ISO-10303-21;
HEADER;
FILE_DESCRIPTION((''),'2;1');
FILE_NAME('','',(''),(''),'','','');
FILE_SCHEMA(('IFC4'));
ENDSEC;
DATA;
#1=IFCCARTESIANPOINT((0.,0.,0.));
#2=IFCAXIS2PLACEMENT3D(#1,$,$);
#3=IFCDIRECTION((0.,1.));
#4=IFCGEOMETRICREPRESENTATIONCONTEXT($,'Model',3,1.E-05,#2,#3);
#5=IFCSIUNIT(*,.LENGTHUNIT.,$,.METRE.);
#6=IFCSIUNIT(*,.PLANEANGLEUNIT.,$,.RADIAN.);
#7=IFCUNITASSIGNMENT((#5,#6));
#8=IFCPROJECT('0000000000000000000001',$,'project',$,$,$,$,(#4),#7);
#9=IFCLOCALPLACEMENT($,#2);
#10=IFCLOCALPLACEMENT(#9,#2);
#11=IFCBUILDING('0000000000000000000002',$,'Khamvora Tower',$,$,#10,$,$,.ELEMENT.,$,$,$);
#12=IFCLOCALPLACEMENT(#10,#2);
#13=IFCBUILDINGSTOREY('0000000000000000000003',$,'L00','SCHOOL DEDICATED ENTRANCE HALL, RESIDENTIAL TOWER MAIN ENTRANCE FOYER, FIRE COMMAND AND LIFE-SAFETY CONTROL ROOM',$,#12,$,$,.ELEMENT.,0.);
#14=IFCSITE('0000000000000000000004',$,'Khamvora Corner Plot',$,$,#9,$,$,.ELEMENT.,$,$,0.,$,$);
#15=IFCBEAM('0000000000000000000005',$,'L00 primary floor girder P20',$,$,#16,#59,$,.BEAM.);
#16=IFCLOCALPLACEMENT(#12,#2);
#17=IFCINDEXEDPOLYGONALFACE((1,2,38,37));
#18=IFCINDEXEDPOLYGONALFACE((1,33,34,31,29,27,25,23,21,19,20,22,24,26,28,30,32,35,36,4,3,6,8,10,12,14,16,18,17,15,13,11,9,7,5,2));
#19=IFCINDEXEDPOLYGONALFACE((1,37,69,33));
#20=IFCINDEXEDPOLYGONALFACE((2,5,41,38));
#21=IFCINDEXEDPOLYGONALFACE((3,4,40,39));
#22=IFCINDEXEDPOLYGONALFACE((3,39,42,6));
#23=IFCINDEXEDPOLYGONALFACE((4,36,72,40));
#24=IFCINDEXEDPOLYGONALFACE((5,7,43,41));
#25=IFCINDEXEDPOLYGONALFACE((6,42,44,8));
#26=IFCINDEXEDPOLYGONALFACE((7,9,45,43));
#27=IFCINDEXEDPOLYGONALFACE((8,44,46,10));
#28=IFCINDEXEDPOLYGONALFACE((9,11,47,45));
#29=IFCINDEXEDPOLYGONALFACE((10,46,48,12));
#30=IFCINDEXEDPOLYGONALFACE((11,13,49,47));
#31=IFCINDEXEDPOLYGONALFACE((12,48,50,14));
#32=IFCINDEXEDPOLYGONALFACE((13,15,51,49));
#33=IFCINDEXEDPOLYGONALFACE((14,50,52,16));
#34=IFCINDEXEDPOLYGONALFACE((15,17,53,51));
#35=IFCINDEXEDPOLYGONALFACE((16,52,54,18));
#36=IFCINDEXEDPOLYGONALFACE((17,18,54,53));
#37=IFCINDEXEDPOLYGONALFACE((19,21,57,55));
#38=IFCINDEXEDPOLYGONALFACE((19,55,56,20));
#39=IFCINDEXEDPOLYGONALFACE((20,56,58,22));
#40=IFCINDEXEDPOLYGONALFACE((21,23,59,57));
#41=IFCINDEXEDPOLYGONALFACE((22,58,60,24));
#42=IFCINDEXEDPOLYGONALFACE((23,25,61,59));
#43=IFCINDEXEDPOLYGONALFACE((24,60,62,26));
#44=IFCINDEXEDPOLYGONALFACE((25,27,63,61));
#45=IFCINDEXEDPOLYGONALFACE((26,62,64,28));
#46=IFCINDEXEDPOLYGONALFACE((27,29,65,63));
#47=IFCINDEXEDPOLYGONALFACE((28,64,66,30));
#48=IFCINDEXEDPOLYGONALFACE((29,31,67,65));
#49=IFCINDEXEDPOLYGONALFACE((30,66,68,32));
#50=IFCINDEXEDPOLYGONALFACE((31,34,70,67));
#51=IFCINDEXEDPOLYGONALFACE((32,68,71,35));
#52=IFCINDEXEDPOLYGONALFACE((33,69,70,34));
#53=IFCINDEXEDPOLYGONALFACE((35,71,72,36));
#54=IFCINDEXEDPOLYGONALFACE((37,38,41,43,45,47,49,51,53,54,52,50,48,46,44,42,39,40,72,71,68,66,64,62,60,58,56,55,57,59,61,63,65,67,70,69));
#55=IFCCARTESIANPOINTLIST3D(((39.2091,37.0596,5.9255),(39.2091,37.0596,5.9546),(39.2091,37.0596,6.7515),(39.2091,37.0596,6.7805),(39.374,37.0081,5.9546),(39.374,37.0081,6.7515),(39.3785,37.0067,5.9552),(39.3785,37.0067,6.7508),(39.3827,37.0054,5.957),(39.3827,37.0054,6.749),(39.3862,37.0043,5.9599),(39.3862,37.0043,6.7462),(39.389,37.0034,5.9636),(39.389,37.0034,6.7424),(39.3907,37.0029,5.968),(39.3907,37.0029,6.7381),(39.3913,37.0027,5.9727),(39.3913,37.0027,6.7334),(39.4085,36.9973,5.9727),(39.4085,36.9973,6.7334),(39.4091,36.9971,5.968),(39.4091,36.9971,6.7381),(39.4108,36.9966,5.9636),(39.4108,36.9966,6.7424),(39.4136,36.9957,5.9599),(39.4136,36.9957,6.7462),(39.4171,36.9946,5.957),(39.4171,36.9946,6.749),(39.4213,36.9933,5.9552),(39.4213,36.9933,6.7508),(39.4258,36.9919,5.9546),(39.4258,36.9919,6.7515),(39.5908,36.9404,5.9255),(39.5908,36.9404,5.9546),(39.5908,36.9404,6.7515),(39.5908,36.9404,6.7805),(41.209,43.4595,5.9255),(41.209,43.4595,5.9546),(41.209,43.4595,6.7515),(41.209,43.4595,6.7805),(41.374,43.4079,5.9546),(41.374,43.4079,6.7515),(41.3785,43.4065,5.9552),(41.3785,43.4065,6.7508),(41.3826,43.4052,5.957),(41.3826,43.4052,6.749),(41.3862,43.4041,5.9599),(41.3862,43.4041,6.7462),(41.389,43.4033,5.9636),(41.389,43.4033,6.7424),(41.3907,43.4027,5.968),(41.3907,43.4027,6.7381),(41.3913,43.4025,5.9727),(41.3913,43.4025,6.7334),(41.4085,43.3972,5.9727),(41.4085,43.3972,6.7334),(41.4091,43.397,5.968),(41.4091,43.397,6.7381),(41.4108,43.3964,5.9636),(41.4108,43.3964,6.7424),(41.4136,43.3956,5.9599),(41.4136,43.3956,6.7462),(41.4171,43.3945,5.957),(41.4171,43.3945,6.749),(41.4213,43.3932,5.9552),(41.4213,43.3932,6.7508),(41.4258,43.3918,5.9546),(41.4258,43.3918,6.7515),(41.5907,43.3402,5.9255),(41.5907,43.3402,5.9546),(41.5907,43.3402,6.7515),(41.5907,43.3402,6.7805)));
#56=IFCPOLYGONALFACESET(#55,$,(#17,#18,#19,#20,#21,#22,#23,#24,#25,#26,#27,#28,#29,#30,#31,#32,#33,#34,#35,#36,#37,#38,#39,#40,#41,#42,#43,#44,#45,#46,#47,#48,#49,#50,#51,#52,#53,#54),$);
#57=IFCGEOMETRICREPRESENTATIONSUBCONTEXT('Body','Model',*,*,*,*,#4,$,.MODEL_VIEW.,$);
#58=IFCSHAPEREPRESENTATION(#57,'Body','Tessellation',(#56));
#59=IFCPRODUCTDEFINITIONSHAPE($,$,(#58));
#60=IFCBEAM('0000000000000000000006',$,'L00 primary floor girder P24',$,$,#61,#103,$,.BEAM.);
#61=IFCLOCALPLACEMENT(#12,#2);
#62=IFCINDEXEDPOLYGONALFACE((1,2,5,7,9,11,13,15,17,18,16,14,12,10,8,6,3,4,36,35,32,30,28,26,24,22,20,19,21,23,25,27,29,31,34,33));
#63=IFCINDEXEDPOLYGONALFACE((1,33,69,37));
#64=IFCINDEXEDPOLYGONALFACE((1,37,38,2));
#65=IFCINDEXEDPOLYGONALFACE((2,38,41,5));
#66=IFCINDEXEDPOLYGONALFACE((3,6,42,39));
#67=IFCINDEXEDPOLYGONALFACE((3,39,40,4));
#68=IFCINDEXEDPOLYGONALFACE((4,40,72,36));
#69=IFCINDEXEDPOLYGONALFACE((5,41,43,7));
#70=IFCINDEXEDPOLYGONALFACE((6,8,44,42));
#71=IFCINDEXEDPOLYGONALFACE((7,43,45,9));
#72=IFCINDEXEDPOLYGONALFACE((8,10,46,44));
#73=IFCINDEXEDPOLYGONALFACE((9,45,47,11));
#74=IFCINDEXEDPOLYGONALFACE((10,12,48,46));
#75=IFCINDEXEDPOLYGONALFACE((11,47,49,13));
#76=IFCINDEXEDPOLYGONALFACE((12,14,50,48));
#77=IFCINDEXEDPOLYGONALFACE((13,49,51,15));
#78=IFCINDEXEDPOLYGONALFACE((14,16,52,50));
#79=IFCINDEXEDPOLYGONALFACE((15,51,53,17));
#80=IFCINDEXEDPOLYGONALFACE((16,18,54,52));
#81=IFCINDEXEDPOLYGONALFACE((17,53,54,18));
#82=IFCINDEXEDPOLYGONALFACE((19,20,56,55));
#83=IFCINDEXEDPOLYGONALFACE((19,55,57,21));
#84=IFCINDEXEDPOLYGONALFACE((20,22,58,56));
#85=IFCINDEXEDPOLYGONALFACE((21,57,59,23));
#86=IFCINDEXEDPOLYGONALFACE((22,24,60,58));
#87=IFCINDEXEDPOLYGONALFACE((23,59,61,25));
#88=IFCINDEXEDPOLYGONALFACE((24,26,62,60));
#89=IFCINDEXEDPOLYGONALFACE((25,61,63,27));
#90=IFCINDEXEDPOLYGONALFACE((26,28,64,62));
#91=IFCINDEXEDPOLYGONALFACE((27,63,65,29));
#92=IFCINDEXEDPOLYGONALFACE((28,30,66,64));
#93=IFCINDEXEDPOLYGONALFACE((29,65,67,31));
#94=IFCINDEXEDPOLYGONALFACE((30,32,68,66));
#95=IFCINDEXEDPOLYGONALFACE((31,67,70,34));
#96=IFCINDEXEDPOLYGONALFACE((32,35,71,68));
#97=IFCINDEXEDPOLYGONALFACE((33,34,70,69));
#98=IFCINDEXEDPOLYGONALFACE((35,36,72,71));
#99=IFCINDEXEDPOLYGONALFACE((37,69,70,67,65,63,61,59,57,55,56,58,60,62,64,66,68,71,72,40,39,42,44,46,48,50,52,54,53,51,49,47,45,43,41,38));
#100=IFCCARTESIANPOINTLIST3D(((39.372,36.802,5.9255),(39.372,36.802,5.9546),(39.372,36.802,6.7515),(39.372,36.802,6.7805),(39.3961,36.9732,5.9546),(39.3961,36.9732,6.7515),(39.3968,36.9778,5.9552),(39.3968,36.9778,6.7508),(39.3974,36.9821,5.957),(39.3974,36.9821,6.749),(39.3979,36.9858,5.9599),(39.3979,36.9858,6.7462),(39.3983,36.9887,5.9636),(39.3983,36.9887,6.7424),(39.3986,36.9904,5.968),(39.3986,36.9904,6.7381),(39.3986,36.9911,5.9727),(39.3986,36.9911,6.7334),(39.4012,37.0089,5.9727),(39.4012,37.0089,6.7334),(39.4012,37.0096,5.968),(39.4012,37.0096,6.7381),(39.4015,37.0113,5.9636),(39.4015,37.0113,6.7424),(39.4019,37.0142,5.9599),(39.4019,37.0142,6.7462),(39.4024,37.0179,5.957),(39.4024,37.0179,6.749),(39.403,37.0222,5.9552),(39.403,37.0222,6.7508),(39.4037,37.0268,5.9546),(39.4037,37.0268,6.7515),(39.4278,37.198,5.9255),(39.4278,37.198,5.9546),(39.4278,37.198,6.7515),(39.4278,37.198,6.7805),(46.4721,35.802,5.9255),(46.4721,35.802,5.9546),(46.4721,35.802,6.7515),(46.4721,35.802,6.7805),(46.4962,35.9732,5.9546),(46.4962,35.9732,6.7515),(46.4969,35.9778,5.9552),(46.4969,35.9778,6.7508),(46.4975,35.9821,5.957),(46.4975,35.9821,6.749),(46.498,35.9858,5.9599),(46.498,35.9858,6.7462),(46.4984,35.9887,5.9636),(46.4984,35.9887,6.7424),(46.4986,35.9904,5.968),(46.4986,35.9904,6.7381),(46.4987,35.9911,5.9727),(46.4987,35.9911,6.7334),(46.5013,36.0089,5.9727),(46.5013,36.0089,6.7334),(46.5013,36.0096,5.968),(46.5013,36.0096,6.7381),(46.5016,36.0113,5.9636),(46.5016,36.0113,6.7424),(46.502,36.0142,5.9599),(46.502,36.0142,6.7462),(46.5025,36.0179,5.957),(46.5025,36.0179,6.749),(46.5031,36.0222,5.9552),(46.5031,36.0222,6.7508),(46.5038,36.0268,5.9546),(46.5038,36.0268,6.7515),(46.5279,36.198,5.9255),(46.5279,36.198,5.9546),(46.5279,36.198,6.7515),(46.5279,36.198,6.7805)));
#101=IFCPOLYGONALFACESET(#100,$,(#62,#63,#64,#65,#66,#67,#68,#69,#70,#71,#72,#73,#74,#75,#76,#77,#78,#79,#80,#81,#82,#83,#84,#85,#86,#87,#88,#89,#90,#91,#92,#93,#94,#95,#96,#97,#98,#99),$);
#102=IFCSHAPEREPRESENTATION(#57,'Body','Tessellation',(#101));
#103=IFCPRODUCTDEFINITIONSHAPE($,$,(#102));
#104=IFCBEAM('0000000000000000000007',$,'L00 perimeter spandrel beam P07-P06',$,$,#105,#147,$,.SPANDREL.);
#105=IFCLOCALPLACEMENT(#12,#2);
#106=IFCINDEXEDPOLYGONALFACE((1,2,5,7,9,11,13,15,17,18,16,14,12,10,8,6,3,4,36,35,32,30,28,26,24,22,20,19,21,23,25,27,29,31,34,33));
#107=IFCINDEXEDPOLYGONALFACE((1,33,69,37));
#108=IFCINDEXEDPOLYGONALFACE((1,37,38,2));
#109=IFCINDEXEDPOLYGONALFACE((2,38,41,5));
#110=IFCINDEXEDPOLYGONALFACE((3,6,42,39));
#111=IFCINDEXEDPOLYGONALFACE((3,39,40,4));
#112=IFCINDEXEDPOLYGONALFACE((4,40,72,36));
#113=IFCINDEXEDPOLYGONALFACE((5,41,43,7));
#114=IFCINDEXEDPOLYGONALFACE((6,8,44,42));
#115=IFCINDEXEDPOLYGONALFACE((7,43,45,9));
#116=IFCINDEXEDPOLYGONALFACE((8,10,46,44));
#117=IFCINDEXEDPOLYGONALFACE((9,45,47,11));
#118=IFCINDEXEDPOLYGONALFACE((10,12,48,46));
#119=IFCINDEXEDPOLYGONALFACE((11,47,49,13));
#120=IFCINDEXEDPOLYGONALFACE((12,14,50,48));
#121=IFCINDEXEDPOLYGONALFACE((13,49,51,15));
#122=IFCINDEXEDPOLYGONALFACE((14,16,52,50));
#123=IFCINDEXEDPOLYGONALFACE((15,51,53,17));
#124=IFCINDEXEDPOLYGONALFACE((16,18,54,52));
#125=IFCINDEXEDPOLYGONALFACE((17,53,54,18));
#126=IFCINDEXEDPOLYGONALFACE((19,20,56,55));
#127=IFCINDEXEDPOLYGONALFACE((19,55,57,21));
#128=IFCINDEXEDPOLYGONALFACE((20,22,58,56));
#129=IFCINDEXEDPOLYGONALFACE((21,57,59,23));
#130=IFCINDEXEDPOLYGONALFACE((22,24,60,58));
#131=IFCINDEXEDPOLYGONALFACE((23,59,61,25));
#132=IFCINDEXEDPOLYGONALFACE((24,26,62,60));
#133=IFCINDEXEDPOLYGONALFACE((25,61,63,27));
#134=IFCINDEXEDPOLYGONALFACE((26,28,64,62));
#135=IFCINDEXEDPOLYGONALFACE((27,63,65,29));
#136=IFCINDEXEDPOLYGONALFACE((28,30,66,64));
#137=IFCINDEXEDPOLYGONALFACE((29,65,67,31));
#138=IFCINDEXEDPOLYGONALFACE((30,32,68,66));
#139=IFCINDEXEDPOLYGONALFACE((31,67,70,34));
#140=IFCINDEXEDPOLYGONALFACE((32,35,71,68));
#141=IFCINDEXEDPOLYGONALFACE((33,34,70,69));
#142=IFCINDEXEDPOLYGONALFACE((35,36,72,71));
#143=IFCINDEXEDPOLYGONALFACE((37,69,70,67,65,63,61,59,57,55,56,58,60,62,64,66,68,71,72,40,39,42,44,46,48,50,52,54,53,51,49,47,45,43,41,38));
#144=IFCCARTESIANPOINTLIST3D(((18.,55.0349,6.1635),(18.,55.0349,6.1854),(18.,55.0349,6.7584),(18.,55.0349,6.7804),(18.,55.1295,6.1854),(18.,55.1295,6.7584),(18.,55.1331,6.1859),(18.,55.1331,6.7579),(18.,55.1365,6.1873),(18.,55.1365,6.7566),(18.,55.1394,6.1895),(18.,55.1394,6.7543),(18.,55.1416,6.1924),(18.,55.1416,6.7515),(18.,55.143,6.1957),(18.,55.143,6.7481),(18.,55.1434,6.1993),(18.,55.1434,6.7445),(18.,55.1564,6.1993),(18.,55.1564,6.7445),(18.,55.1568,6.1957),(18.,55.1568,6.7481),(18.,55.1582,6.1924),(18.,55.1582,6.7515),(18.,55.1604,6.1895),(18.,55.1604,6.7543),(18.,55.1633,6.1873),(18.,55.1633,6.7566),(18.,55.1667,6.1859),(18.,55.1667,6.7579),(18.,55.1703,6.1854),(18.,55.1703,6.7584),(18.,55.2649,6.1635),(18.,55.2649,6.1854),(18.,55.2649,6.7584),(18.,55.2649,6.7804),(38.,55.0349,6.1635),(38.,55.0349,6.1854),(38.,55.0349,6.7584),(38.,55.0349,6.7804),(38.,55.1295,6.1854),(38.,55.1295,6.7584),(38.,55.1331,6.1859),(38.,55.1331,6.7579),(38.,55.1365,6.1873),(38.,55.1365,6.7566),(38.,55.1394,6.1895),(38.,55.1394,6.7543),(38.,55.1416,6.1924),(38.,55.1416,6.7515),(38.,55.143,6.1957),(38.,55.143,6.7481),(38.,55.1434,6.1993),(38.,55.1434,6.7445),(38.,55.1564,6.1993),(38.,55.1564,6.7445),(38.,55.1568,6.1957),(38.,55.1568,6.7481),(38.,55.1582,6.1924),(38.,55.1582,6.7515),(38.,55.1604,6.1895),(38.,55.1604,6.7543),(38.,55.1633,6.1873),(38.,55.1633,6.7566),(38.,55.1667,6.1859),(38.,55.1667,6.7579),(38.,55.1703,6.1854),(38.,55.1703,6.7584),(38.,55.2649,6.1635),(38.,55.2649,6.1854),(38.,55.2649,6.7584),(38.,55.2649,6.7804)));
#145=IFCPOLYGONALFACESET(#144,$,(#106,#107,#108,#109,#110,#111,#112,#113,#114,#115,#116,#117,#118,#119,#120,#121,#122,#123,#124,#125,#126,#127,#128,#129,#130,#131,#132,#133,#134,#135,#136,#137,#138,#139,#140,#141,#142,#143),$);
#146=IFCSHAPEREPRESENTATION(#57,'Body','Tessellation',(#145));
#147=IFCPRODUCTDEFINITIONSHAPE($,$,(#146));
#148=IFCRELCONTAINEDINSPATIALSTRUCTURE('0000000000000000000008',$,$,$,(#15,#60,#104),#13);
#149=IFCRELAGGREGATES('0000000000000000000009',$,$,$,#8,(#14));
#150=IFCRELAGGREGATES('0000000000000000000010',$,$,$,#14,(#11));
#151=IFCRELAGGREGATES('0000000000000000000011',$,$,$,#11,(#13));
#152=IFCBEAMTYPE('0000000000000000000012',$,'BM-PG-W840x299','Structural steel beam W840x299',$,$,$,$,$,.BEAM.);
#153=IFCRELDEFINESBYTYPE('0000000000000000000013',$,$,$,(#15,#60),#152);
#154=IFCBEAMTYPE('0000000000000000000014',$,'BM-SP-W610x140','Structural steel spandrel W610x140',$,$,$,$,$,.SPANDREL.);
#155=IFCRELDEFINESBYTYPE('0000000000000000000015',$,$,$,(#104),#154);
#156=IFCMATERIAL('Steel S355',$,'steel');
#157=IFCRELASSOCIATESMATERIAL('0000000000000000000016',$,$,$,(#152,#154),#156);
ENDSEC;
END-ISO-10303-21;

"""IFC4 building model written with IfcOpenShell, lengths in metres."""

from ifc_helpers import new_model, si_unit, direction, frame, origin, origin_2d, place, context, subcontext, project, spatial, i_section, extrude, material, material_profile, profile_set, type_object, element, save


model = new_model("IFC4")

# Units and contexts
model_context = context("Model", 3, precision=1e-05, world=origin(), true_north=direction((0.0, 1.0)))
body_context = subcontext(model_context, "Body", "Model", "MODEL_VIEW")
ifc_project = project(units=[si_unit("LENGTHUNIT", "METRE"), si_unit("PLANEANGLEUNIT", "RADIAN")], contexts=[model_context])

# Site, building, storey
site_placement = place(None, origin())
site = spatial("IfcSite", under=ifc_project, at=site_placement, Name="Khamvora Corner Plot", CompositionType="ELEMENT", RefElevation=0.0)
building_placement = place(site_placement, origin())
building = spatial("IfcBuilding", under=site, at=building_placement, Name="Khamvora Tower", CompositionType="ELEMENT")
storey_placement = place(building_placement, origin())
storey = spatial("IfcBuildingStorey", under=building, at=storey_placement, Name="L00", Description="SCHOOL DEDICATED ENTRANCE HALL, RESIDENTIAL TOWER MAIN ENTRANCE FOYER, FIRE COMMAND AND LIFE-SAFETY CONTROL ROOM", CompositionType="ELEMENT", Elevation=0.0)

# Beams
ifc_material_1 = material(Name="Steel S355", Category="steel")
ifc_material_profile_1 = material_profile(ifc_material_1, i_section(OverallWidth=0.3999, OverallDepth=0.855, WebThickness=0.0181, FlangeThickness=0.0291, FilletRadius=0.0181, at=origin_2d()), Name="W840x299")
ifc_profile_set_1 = profile_set([ifc_material_profile_1], Name="Steel S355")
beam_type_1 = type_object("IfcBeamType", Name="BM-PG-W840x299", Description="Structural steel beam W840x299", PredefinedType="BEAM", material=ifc_profile_set_1)
beam_1_placement = place(storey_placement, frame((39.3999, 37.0, 6.353), z_axis=(0.298279, 0.954479, 0.0), x_axis=(-0.954479, 0.298279, 0.0)))
element("IfcBeam", 1, at=beam_1_placement, inside=storey, type_object=beam_type_1, Name="L00 primary floor girder P20", PredefinedType="BEAM", context=body_context, shape_type="SweptSolid", body=[
    extrude(i_section(OverallWidth=0.3999, OverallDepth=0.855, WebThickness=0.0181, FlangeThickness=0.0291, FilletRadius=0.0181, at=origin_2d()), origin(), (0.0, 0.0, 1.0), 6.7051),
])
beam_2_placement = place(storey_placement, frame((39.3999, 37.0, 6.353), z_axis=(0.990227, -0.139467, 0.0), x_axis=(0.139467, 0.990227, 0.0)))
element("IfcBeam", 2, at=beam_2_placement, inside=storey, type_object=beam_type_1, Name="L00 primary floor girder P24", PredefinedType="BEAM", context=body_context, shape_type="SweptSolid", body=[
    extrude(i_section(OverallWidth=0.3999, OverallDepth=0.855, WebThickness=0.0181, FlangeThickness=0.0291, FilletRadius=0.0181, at=origin_2d()), origin(), (0.0, 0.0, 1.0), 7.1702),
])
ifc_material_profile_2 = material_profile(ifc_material_1, i_section(OverallWidth=0.23, OverallDepth=0.6169, WebThickness=0.0129, FlangeThickness=0.022, FilletRadius=0.0139, at=origin_2d()), Name="W610x140")
ifc_profile_set_2 = profile_set([ifc_material_profile_2], Name="Steel S355")
beam_type_2 = type_object("IfcBeamType", Name="BM-SP-W610x140", Description="Structural steel spandrel W610x140", PredefinedType="SPANDREL", material=ifc_profile_set_2)
beam_3_placement = place(storey_placement, frame((38.0, 55.1499, 6.4719), z_axis=(-1.0, 0.0, 0.0), x_axis=(0.0, -1.0, 0.0)))
element("IfcBeam", 3, at=beam_3_placement, inside=storey, type_object=beam_type_2, Name="L00 perimeter spandrel beam P07-P06", PredefinedType="SPANDREL", context=body_context, shape_type="SweptSolid", body=[
    extrude(i_section(OverallWidth=0.23, OverallDepth=0.6169, WebThickness=0.0129, FlangeThickness=0.022, FilletRadius=0.0139, at=origin_2d()), origin(), (0.0, 0.0, 1.0), 20.0),
])

save(model, "model.ifc")
